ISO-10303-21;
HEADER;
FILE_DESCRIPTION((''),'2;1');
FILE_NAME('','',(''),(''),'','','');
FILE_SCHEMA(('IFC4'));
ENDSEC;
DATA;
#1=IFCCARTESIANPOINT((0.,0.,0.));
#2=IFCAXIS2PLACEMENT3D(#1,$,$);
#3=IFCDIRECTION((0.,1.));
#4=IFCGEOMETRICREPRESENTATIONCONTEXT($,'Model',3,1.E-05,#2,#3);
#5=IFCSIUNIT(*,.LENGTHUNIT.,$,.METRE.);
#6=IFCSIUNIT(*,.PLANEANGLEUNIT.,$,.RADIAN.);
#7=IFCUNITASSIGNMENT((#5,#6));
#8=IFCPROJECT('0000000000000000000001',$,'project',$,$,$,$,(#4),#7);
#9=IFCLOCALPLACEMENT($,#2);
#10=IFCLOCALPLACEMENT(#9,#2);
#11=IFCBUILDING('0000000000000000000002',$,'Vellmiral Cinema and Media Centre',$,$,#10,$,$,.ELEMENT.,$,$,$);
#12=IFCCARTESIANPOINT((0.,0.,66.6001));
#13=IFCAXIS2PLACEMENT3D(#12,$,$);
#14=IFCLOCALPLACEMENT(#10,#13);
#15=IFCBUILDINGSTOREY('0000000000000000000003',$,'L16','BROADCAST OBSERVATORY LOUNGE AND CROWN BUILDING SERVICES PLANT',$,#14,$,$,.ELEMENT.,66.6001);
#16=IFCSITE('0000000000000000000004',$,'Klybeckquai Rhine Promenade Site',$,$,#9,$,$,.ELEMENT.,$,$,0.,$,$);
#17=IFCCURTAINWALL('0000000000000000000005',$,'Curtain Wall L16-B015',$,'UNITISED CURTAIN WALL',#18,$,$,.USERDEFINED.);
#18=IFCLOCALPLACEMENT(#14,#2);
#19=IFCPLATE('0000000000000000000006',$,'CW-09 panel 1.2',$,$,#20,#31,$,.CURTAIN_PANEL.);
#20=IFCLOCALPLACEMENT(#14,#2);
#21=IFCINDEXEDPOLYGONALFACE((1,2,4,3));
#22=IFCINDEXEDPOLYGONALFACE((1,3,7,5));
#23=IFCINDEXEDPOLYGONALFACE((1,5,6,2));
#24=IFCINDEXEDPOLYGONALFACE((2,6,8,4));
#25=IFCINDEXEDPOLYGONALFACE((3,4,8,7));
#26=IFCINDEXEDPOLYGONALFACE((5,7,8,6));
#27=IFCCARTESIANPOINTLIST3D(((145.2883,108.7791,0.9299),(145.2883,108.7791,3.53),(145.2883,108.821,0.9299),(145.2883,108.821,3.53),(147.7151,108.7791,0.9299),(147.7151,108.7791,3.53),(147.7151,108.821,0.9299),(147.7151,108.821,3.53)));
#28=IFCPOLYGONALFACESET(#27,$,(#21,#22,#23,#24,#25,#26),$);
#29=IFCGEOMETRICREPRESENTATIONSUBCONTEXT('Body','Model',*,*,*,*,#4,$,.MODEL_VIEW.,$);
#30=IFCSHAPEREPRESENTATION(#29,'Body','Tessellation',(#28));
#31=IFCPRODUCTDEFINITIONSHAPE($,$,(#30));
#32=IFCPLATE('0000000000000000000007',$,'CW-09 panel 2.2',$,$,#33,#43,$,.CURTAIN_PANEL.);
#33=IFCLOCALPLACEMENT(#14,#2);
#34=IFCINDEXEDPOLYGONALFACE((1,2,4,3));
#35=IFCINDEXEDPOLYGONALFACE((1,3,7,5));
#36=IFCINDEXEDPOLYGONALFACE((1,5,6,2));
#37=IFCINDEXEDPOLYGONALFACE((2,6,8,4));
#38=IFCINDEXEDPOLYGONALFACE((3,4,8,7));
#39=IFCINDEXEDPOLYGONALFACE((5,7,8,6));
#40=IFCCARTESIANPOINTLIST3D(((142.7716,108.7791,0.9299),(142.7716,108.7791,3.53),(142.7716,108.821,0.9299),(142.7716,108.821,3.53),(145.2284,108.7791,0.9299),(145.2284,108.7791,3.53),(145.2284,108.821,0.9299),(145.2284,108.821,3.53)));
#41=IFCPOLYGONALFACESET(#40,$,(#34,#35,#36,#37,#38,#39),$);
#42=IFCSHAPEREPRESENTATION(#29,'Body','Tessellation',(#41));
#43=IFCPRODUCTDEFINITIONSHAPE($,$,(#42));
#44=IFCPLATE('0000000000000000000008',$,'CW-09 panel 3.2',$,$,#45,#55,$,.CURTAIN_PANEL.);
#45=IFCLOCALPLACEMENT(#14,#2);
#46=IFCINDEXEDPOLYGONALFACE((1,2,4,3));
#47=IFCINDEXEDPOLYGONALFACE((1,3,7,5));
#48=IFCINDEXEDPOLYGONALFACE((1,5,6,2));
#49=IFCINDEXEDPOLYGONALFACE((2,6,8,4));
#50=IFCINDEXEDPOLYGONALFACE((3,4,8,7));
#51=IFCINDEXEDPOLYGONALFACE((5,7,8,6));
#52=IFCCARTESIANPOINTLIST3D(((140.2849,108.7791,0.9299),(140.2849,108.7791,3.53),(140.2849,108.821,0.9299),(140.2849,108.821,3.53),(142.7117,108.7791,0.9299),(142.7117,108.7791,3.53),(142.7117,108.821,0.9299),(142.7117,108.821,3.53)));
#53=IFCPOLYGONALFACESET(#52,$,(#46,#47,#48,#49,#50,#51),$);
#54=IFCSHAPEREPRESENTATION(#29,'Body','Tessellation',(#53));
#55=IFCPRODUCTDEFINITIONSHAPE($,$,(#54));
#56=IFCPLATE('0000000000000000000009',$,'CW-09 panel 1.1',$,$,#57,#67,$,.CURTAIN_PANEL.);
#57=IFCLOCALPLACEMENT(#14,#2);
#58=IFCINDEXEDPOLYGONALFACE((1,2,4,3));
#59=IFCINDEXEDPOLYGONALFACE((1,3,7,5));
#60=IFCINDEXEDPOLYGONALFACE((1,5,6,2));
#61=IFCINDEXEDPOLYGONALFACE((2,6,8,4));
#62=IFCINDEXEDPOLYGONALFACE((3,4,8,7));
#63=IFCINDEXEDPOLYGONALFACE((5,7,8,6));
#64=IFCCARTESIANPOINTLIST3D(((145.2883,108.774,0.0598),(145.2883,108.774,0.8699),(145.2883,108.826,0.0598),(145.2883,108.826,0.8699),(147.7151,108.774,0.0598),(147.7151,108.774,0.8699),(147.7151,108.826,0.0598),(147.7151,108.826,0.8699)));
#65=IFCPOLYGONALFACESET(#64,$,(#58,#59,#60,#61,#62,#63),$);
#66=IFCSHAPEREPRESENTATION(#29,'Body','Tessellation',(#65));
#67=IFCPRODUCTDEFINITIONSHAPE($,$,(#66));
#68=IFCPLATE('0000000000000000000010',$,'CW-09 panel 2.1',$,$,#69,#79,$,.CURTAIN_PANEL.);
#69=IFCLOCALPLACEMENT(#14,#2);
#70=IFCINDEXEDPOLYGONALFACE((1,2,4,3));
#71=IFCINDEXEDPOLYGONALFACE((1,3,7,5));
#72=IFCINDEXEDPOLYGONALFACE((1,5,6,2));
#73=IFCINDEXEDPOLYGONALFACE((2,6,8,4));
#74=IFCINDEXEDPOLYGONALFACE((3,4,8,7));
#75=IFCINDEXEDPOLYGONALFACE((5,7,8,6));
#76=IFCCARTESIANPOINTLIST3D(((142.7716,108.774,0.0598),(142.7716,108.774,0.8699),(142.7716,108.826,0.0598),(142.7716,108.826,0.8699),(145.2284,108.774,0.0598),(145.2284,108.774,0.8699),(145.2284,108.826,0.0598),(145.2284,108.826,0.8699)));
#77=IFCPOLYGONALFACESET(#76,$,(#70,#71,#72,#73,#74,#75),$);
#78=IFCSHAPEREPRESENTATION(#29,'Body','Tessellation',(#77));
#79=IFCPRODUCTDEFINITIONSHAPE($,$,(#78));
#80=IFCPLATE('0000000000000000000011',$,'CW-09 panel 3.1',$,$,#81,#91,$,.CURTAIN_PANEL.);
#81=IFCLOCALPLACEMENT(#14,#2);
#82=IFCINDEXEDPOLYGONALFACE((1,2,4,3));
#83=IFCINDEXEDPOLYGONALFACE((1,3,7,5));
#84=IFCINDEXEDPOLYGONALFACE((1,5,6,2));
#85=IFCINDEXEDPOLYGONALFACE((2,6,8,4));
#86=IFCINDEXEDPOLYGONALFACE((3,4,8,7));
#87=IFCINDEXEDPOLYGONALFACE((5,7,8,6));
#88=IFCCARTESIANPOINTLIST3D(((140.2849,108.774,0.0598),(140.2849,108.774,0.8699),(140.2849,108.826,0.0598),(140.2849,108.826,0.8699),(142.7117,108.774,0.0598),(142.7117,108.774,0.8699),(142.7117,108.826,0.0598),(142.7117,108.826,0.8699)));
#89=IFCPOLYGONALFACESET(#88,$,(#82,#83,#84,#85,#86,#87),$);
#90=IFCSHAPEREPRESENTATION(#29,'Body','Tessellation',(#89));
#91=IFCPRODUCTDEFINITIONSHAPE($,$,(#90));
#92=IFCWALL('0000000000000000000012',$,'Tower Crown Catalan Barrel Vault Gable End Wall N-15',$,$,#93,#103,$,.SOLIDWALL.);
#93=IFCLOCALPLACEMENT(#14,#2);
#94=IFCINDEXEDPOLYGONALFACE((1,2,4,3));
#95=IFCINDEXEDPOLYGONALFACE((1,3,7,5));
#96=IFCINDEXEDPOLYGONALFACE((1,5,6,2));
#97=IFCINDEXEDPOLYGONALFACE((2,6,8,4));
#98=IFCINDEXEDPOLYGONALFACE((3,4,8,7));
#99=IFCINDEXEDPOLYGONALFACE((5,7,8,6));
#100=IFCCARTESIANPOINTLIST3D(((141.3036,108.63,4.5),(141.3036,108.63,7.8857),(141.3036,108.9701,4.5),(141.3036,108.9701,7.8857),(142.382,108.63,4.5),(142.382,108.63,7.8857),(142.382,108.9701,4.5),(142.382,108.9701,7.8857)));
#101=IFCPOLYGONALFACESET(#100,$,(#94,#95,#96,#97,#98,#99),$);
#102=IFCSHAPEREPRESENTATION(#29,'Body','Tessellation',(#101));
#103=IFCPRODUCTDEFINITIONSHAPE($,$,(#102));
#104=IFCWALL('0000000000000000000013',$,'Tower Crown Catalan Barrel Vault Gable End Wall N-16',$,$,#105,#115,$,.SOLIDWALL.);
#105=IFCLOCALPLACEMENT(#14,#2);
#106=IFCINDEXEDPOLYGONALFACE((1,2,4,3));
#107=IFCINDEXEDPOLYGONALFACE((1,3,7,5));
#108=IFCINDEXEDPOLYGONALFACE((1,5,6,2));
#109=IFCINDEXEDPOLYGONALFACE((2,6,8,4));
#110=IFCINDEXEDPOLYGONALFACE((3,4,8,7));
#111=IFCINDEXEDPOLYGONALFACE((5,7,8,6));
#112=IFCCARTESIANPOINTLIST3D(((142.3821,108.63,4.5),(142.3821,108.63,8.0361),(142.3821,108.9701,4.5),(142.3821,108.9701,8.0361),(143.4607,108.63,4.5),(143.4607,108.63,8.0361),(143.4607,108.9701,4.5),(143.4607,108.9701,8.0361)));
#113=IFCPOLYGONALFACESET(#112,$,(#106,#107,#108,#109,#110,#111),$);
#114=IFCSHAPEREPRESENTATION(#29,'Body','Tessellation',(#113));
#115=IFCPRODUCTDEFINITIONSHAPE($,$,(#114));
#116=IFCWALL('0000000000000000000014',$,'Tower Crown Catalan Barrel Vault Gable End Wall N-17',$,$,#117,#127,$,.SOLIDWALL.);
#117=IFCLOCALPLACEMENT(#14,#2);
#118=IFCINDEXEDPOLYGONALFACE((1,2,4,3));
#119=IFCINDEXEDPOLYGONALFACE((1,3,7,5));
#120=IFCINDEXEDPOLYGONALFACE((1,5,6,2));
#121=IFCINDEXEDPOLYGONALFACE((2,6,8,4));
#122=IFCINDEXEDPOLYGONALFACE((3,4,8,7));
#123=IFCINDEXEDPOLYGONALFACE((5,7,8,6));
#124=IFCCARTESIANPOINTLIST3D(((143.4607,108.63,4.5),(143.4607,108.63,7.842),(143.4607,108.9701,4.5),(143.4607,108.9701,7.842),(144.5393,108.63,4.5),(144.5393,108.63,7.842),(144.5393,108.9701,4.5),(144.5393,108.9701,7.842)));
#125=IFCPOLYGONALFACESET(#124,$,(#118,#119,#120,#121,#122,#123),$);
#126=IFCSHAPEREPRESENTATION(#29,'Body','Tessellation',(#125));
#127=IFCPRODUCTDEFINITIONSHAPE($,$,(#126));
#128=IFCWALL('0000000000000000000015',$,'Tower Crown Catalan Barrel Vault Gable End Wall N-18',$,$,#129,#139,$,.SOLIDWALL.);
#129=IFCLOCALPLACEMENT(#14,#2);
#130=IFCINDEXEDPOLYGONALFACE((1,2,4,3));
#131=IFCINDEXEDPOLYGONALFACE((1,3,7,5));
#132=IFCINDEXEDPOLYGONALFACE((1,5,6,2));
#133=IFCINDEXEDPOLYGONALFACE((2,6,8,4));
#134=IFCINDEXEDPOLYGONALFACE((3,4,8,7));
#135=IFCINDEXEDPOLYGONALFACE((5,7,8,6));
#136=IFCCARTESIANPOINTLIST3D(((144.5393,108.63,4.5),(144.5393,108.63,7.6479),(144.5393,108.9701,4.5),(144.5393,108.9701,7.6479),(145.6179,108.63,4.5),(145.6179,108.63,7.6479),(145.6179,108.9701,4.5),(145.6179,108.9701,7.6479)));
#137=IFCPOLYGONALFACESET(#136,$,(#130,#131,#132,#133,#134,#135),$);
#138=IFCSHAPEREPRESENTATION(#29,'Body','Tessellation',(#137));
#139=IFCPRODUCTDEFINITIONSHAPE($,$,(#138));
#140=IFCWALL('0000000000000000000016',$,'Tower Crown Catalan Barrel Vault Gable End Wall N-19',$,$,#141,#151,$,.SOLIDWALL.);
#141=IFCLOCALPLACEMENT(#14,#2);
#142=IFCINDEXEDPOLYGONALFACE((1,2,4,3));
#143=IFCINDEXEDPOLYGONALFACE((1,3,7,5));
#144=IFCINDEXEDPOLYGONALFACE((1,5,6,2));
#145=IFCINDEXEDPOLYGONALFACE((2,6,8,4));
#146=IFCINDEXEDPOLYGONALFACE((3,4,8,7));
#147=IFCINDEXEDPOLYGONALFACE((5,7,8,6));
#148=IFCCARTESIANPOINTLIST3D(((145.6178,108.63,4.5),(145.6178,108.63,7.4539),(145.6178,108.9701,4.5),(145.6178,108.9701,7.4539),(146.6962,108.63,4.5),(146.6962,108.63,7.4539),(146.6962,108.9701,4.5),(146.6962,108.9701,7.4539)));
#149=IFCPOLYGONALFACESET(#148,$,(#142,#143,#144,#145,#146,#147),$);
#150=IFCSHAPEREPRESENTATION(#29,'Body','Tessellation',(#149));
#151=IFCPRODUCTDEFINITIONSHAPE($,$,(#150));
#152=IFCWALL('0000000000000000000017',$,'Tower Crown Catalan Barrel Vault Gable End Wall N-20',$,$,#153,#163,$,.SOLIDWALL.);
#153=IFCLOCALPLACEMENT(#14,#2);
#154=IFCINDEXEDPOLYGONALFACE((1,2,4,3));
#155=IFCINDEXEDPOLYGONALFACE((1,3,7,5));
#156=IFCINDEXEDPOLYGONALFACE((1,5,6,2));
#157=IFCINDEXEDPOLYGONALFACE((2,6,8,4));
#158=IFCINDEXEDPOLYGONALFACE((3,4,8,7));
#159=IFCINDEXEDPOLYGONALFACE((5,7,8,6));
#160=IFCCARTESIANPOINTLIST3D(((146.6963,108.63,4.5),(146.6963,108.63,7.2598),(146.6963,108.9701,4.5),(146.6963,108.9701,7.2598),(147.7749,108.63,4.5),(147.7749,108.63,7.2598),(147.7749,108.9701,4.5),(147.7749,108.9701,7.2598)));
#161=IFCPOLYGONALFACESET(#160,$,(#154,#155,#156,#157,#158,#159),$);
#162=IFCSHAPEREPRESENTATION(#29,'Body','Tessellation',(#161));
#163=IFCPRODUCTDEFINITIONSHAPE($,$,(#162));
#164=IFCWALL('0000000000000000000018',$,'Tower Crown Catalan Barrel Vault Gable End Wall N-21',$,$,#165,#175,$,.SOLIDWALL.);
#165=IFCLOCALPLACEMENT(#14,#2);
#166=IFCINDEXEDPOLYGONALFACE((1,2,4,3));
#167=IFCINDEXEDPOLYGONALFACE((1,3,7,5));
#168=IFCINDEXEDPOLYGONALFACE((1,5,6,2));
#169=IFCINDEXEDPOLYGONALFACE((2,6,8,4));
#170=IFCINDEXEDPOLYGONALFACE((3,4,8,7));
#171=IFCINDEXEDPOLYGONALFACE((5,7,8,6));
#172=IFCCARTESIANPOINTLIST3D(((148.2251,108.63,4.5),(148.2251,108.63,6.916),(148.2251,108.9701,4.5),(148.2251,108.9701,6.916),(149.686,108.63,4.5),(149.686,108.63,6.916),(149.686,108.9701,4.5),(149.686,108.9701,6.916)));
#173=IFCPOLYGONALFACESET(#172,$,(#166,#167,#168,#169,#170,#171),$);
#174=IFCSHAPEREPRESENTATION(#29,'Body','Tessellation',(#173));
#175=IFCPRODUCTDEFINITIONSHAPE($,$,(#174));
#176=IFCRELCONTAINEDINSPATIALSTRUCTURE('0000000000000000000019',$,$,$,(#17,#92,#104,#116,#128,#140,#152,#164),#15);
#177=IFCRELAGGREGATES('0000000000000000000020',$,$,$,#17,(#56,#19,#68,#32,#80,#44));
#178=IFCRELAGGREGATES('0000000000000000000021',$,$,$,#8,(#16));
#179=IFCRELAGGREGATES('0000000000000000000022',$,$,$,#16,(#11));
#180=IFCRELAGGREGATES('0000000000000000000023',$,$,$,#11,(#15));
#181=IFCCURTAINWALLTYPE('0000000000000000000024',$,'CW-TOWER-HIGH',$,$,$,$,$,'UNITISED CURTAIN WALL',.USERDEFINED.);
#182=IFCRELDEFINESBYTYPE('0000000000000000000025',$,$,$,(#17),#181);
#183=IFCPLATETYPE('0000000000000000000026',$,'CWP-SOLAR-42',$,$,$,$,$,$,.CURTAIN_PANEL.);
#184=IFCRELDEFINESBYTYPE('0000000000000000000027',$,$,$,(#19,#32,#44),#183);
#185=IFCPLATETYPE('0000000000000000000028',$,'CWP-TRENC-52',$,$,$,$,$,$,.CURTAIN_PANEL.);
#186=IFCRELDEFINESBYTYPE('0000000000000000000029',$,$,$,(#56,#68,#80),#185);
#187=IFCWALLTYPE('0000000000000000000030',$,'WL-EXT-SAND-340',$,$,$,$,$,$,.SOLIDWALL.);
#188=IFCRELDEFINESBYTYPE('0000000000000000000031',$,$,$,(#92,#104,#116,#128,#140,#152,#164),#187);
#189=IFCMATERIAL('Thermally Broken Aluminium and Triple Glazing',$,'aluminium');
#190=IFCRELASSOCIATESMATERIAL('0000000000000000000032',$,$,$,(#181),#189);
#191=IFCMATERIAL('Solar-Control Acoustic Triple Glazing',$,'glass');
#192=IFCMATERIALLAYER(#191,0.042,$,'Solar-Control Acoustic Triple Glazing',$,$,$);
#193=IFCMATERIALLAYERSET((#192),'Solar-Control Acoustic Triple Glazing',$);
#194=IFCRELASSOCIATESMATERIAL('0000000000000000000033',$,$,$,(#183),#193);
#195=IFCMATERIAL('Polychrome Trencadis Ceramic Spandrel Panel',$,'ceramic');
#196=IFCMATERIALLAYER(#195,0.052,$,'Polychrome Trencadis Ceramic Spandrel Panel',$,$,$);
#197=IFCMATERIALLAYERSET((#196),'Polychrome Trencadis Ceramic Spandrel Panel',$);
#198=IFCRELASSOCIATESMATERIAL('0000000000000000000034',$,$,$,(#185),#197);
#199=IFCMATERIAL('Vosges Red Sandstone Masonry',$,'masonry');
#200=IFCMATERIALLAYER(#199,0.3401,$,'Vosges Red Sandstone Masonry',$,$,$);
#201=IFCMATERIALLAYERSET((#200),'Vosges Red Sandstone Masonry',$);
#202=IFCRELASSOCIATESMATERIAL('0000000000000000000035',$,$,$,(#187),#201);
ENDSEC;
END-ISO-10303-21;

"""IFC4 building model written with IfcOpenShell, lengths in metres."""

from ifc_helpers import new_model, si_unit, direction, frame, frame_2d, origin, origin_2d, place, context, subcontext, project, spatial, rectangle, extrude, material, layer, layer_set, type_object, element, aggregate, save


model = new_model("IFC4")

# Units and contexts
model_context = context("Model", 3, precision=1e-05, world=origin(), true_north=direction((0.0, 1.0)))
body_context = subcontext(model_context, "Body", "Model", "MODEL_VIEW")
ifc_project = project(units=[si_unit("LENGTHUNIT", "METRE"), si_unit("PLANEANGLEUNIT", "RADIAN")], contexts=[model_context])

# Site, building, storey
site_placement = place(None, origin())
site = spatial("IfcSite", under=ifc_project, at=site_placement, Name="Klybeckquai Rhine Promenade Site", CompositionType="ELEMENT", RefElevation=0.0)
building_placement = place(site_placement, origin())
building = spatial("IfcBuilding", under=site, at=building_placement, Name="Vellmiral Cinema and Media Centre", CompositionType="ELEMENT")
storey_placement = place(building_placement, frame((0.0, 0.0, 66.6001)))
storey = spatial("IfcBuildingStorey", under=building, at=storey_placement, Name="L16", Description="BROADCAST OBSERVATORY LOUNGE AND CROWN BUILDING SERVICES PLANT", CompositionType="ELEMENT", Elevation=66.6001)

# Curtain wall
ifc_material_1 = material(Name="Thermally Broken Aluminium and Triple Glazing", Category="aluminium")
curtain_wall_type = type_object("IfcCurtainWallType", Name="CW-TOWER-HIGH", ElementType="UNITISED CURTAIN WALL", PredefinedType="USERDEFINED", material=ifc_material_1)
curtain_wall_placement = place(storey_placement, origin())
curtain_wall = element("IfcCurtainWall", 1, at=curtain_wall_placement, inside=storey, type_object=curtain_wall_type, Name="Curtain Wall L16-B015", ObjectType="UNITISED CURTAIN WALL", PredefinedType="USERDEFINED")

# Plates
ifc_material_2 = material(Name="Solar-Control Acoustic Triple Glazing", Category="glass")
ifc_layer_1 = layer(ifc_material_2, 0.042, Name="Solar-Control Acoustic Triple Glazing")
ifc_layer_set_1 = layer_set([ifc_layer_1], Name="Solar-Control Acoustic Triple Glazing")
plate_type_1 = type_object("IfcPlateType", Name="CWP-SOLAR-42", PredefinedType="CURTAIN_PANEL", material=ifc_layer_set_1)
plate_1_placement = place(storey_placement, frame((146.5017, 108.8, 0.9299), z_axis=(0.0, 0.0, 1.0), x_axis=(-1.0, 0.0, 0.0)))
plate_1 = element("IfcPlate", 2, at=plate_1_placement, type_object=plate_type_1, Name="CW-09 panel 1.2", PredefinedType="CURTAIN_PANEL", context=body_context, shape_type="SweptSolid", body=[
    extrude(rectangle(XDim=2.4268, YDim=0.042, at=origin_2d()), origin(), (0.0, 0.0, 1.0), 2.6001),
])
plate_2_placement = place(storey_placement, frame((144.0, 108.8, 0.9299), z_axis=(0.0, 0.0, 1.0), x_axis=(-1.0, 0.0, 0.0)))
plate_2 = element("IfcPlate", 3, at=plate_2_placement, type_object=plate_type_1, Name="CW-09 panel 2.2", PredefinedType="CURTAIN_PANEL", context=body_context, shape_type="SweptSolid", body=[
    extrude(rectangle(XDim=2.4568, YDim=0.042, at=origin_2d()), origin(), (0.0, 0.0, 1.0), 2.6001),
])
plate_3_placement = place(storey_placement, frame((141.4983, 108.8, 0.9299), z_axis=(0.0, 0.0, 1.0), x_axis=(-1.0, 0.0, 0.0)))
plate_3 = element("IfcPlate", 4, at=plate_3_placement, type_object=plate_type_1, Name="CW-09 panel 3.2", PredefinedType="CURTAIN_PANEL", context=body_context, shape_type="SweptSolid", body=[
    extrude(rectangle(XDim=2.4268, YDim=0.042, at=origin_2d()), origin(), (0.0, 0.0, 1.0), 2.6001),
])
ifc_material_3 = material(Name="Polychrome Trencadis Ceramic Spandrel Panel", Category="ceramic")
ifc_layer_2 = layer(ifc_material_3, 0.052, Name="Polychrome Trencadis Ceramic Spandrel Panel")
ifc_layer_set_2 = layer_set([ifc_layer_2], Name="Polychrome Trencadis Ceramic Spandrel Panel")
plate_type_2 = type_object("IfcPlateType", Name="CWP-TRENC-52", PredefinedType="CURTAIN_PANEL", material=ifc_layer_set_2)
plate_4_placement = place(storey_placement, frame((146.5017, 108.8, 0.0598), z_axis=(0.0, 0.0, 1.0), x_axis=(-1.0, 0.0, 0.0)))
plate_4 = element("IfcPlate", 5, at=plate_4_placement, type_object=plate_type_2, Name="CW-09 panel 1.1", PredefinedType="CURTAIN_PANEL", context=body_context, shape_type="SweptSolid", body=[
    extrude(rectangle(XDim=2.4268, YDim=0.052, at=origin_2d()), origin(), (0.0, 0.0, 1.0), 0.8101),
])
plate_5_placement = place(storey_placement, frame((144.0, 108.8, 0.0598), z_axis=(0.0, 0.0, 1.0), x_axis=(-1.0, 0.0, 0.0)))
plate_5 = element("IfcPlate", 6, at=plate_5_placement, type_object=plate_type_2, Name="CW-09 panel 2.1", PredefinedType="CURTAIN_PANEL", context=body_context, shape_type="SweptSolid", body=[
    extrude(rectangle(XDim=2.4568, YDim=0.052, at=origin_2d()), origin(), (0.0, 0.0, 1.0), 0.8101),
])
plate_6_placement = place(storey_placement, frame((141.4983, 108.8, 0.0598), z_axis=(0.0, 0.0, 1.0), x_axis=(-1.0, 0.0, 0.0)))
plate_6 = element("IfcPlate", 7, at=plate_6_placement, type_object=plate_type_2, Name="CW-09 panel 3.1", PredefinedType="CURTAIN_PANEL", context=body_context, shape_type="SweptSolid", body=[
    extrude(rectangle(XDim=2.4268, YDim=0.052, at=origin_2d()), origin(), (0.0, 0.0, 1.0), 0.8101),
])
aggregate(curtain_wall, [plate_4, plate_1, plate_5, plate_2, plate_6, plate_3])

# Walls
ifc_material_4 = material(Name="Vosges Red Sandstone Masonry", Category="masonry")
ifc_layer_3 = layer(ifc_material_4, 0.3401, Name="Vosges Red Sandstone Masonry")
ifc_layer_set_3 = layer_set([ifc_layer_3], Name="Vosges Red Sandstone Masonry")
wall_type = type_object("IfcWallType", Name="WL-EXT-SAND-340", PredefinedType="SOLIDWALL", material=ifc_layer_set_3)
wall_1_placement = place(storey_placement, frame((141.3037, 108.8, 4.5), z_axis=(0.0, 0.0, 1.0), x_axis=(1.0, 0.0, 0.0)))
element("IfcWall", 8, at=wall_1_placement, inside=storey, type_object=wall_type, Name="Tower Crown Catalan Barrel Vault Gable End Wall N-15", PredefinedType="SOLIDWALL", context=body_context, shape_type="SweptSolid", body=[
    extrude(rectangle(XDim=1.0784, YDim=0.3401, at=frame_2d((0.5391, 0.0))), origin(), (0.0, 0.0, 1.0), 3.3857),
])
wall_2_placement = place(storey_placement, frame((142.3821, 108.8, 4.5), z_axis=(0.0, 0.0, 1.0), x_axis=(1.0, 0.0, 0.0)))
element("IfcWall", 9, at=wall_2_placement, inside=storey, type_object=wall_type, Name="Tower Crown Catalan Barrel Vault Gable End Wall N-16", PredefinedType="SOLIDWALL", context=body_context, shape_type="SweptSolid", body=[
    extrude(rectangle(XDim=1.0786, YDim=0.3401, at=frame_2d((0.5393, 0.0))), origin(), (0.0, 0.0, 1.0), 3.5361),
])
wall_3_placement = place(storey_placement, frame((143.4607, 108.8, 4.5), z_axis=(0.0, 0.0, 1.0), x_axis=(1.0, 0.0, 0.0)))
element("IfcWall", 10, at=wall_3_placement, inside=storey, type_object=wall_type, Name="Tower Crown Catalan Barrel Vault Gable End Wall N-17", PredefinedType="SOLIDWALL", context=body_context, shape_type="SweptSolid", body=[
    extrude(rectangle(XDim=1.0786, YDim=0.3401, at=frame_2d((0.5393, 0.0))), origin(), (0.0, 0.0, 1.0), 3.342),
])
wall_4_placement = place(storey_placement, frame((144.5393, 108.8, 4.5), z_axis=(0.0, 0.0, 1.0), x_axis=(1.0, 0.0, 0.0)))
element("IfcWall", 11, at=wall_4_placement, inside=storey, type_object=wall_type, Name="Tower Crown Catalan Barrel Vault Gable End Wall N-18", PredefinedType="SOLIDWALL", context=body_context, shape_type="SweptSolid", body=[
    extrude(rectangle(XDim=1.0786, YDim=0.3401, at=frame_2d((0.5393, 0.0))), origin(), (0.0, 0.0, 1.0), 3.1479),
])
wall_5_placement = place(storey_placement, frame((145.6179, 108.8, 4.5), z_axis=(0.0, 0.0, 1.0), x_axis=(1.0, 0.0, 0.0)))
element("IfcWall", 12, at=wall_5_placement, inside=storey, type_object=wall_type, Name="Tower Crown Catalan Barrel Vault Gable End Wall N-19", PredefinedType="SOLIDWALL", context=body_context, shape_type="SweptSolid", body=[
    extrude(rectangle(XDim=1.0784, YDim=0.3401, at=frame_2d((0.5391, 0.0))), origin(), (0.0, 0.0, 1.0), 2.9539),
])
wall_6_placement = place(storey_placement, frame((146.6963, 108.8, 4.5), z_axis=(0.0, 0.0, 1.0), x_axis=(1.0, 0.0, 0.0)))
element("IfcWall", 13, at=wall_6_placement, inside=storey, type_object=wall_type, Name="Tower Crown Catalan Barrel Vault Gable End Wall N-20", PredefinedType="SOLIDWALL", context=body_context, shape_type="SweptSolid", body=[
    extrude(rectangle(XDim=1.0786, YDim=0.3401, at=frame_2d((0.5393, 0.0))), origin(), (0.0, 0.0, 1.0), 2.7598),
])
wall_7_placement = place(storey_placement, frame((148.2251, 108.8, 4.5), z_axis=(0.0, 0.0, 1.0), x_axis=(1.0, 0.0, 0.0)))
element("IfcWall", 14, at=wall_7_placement, inside=storey, type_object=wall_type, Name="Tower Crown Catalan Barrel Vault Gable End Wall N-21", PredefinedType="SOLIDWALL", context=body_context, shape_type="SweptSolid", body=[
    extrude(rectangle(XDim=1.4609, YDim=0.3401, at=frame_2d((0.7305, 0.0))), origin(), (0.0, 0.0, 1.0), 2.416),
])

save(model, "model.ifc")
